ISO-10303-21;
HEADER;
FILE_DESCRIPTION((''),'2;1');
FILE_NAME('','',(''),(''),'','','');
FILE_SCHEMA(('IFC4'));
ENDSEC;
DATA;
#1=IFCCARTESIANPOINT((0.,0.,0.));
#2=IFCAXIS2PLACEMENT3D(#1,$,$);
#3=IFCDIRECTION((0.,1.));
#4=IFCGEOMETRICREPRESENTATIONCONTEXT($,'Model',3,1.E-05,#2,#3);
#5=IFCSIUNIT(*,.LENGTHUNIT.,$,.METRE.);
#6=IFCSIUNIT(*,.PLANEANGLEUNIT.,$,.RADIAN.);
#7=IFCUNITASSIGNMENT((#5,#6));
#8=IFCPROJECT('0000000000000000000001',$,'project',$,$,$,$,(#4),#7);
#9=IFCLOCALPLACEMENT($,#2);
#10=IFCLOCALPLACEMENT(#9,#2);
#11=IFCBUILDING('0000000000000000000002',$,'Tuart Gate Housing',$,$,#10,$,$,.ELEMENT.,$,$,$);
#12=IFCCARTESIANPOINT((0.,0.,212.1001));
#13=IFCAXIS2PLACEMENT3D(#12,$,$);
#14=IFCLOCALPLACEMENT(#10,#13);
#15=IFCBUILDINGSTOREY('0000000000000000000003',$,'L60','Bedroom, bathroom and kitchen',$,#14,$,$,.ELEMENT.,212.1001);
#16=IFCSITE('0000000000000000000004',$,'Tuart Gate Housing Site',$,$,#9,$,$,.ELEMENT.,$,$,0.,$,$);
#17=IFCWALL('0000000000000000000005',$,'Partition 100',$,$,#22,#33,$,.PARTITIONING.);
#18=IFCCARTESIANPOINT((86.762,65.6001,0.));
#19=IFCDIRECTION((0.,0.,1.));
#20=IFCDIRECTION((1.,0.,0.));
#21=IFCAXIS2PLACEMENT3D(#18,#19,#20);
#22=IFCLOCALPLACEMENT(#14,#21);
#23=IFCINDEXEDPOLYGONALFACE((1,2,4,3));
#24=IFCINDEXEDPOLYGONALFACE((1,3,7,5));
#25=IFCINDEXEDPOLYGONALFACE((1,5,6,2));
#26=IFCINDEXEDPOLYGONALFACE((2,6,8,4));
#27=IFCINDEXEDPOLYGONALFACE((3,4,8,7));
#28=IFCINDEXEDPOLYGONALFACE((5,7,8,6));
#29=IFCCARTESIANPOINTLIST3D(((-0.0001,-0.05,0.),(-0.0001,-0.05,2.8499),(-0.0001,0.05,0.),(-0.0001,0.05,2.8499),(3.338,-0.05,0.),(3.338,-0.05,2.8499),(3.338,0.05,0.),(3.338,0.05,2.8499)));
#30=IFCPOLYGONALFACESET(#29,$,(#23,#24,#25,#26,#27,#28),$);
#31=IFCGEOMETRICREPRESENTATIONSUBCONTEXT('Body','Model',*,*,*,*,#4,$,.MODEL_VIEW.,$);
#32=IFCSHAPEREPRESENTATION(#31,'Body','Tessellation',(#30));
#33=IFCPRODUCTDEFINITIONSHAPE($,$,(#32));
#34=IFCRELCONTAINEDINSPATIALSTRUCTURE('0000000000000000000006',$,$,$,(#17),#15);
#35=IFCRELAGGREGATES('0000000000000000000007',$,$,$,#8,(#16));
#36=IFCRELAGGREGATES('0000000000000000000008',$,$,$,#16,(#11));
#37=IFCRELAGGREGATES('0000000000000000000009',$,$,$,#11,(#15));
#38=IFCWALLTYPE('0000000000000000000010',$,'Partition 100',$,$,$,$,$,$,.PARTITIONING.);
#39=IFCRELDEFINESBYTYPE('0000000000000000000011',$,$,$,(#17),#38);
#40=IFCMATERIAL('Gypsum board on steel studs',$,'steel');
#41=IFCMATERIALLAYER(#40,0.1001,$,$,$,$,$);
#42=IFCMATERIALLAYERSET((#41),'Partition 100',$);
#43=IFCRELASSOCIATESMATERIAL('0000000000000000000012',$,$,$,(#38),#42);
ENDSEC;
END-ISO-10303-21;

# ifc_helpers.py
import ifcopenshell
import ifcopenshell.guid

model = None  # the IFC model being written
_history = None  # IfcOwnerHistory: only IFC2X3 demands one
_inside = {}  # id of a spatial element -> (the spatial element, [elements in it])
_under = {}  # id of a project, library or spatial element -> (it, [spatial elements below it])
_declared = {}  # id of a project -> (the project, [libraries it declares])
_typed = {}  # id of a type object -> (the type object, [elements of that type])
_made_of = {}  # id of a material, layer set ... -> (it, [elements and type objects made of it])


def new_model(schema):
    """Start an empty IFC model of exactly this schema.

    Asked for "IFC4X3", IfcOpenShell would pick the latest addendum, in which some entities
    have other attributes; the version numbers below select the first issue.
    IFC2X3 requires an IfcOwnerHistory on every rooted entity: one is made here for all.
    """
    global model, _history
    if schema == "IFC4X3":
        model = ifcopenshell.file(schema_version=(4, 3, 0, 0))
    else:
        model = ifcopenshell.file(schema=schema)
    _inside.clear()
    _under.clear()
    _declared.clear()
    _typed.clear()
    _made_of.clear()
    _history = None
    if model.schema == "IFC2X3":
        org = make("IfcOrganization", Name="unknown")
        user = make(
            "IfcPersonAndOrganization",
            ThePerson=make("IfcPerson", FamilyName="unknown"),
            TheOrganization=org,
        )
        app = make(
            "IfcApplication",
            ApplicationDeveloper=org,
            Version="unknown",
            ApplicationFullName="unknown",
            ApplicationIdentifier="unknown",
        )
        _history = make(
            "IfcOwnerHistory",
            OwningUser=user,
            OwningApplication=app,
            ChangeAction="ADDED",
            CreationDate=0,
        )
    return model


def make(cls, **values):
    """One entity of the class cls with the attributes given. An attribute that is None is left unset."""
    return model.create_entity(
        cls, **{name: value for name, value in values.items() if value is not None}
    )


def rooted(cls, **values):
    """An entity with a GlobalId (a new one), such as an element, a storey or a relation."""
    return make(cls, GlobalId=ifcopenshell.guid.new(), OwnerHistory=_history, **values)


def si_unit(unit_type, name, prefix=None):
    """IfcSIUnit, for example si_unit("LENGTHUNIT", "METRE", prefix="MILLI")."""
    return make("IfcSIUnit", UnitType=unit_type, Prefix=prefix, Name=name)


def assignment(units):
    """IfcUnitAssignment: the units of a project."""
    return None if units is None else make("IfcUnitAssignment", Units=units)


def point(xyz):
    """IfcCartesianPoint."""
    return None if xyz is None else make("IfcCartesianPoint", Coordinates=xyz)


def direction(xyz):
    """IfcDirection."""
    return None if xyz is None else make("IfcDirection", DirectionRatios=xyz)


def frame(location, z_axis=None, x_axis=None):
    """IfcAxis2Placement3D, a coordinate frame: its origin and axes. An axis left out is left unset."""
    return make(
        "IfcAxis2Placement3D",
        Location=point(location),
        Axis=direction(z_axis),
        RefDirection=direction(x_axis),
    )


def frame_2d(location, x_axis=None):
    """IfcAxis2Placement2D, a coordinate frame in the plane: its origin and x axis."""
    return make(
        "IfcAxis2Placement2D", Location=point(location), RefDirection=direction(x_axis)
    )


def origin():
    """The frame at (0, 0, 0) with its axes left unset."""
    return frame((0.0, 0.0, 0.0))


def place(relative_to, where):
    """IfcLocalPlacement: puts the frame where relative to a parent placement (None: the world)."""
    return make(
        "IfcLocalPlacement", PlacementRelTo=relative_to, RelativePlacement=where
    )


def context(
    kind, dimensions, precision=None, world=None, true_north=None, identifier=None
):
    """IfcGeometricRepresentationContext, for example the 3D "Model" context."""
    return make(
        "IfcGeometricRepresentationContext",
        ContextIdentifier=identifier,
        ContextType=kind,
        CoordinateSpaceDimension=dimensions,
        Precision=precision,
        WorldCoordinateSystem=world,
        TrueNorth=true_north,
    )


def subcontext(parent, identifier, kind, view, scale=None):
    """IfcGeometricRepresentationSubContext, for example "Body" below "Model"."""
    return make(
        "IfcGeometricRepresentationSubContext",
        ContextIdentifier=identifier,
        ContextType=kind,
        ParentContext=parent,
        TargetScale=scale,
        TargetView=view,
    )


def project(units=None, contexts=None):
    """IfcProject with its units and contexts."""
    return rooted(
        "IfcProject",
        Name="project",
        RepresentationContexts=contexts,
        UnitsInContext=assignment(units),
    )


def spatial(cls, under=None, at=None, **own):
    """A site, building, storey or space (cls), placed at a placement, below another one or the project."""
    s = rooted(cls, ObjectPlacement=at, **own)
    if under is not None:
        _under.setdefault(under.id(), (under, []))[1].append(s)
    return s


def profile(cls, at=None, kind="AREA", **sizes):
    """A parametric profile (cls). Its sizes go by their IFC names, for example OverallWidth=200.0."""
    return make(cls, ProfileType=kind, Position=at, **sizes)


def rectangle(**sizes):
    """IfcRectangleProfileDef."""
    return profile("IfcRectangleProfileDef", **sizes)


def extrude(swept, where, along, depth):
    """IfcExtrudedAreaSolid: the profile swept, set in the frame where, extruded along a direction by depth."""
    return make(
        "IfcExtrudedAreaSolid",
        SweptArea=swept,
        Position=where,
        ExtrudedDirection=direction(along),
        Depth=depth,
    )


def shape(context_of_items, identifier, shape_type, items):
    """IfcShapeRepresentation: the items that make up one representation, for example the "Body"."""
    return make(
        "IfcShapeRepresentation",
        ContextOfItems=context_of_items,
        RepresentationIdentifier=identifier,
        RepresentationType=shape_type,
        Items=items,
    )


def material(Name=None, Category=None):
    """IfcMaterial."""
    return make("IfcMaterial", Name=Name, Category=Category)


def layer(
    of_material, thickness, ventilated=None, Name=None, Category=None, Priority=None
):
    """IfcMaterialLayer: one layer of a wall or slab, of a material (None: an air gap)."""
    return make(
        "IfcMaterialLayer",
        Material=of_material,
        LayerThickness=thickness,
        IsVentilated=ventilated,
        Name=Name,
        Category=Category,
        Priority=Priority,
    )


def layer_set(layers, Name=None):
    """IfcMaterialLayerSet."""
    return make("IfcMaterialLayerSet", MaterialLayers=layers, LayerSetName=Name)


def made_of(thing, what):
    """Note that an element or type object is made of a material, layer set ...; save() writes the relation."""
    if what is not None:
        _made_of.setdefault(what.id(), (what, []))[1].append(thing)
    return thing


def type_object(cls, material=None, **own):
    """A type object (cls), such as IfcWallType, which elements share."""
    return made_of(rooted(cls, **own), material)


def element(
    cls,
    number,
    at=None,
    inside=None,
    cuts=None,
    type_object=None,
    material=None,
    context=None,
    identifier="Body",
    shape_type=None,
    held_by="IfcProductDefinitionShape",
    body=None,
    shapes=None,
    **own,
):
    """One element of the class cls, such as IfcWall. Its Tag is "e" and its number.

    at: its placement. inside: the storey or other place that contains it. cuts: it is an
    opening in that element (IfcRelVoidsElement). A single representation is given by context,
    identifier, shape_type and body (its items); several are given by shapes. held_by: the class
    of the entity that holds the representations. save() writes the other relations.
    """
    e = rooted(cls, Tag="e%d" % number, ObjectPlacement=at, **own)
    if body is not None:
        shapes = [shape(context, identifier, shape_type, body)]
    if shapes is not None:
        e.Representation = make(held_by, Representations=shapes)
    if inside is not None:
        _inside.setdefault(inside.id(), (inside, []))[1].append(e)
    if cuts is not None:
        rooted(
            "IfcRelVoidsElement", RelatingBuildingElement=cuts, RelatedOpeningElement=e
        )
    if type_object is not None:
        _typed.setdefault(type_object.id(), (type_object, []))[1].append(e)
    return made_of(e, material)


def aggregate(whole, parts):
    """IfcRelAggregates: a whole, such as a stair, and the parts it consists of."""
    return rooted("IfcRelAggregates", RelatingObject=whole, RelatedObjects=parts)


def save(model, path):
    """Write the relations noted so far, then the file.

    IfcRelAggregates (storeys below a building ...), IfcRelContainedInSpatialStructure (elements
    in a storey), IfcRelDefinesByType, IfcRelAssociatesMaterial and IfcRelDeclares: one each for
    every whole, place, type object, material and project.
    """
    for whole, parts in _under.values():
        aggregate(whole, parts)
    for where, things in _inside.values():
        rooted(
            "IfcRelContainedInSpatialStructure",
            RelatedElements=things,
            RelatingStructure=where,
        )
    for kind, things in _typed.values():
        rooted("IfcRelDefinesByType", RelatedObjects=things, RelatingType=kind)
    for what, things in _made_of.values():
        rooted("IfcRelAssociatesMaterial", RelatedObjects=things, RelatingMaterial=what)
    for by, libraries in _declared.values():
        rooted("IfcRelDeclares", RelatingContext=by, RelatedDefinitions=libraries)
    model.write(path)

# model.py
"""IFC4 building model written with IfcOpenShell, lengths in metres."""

from ifc_helpers import new_model, si_unit, direction, frame, frame_2d, origin, place, context, subcontext, project, spatial, rectangle, extrude, material, layer, layer_set, type_object, element, save


model = new_model("IFC4")

# Units and contexts
model_context = context("Model", 3, precision=1e-05, world=origin(), true_north=direction((0.0, 1.0)))
body_context = subcontext(model_context, "Body", "Model", "MODEL_VIEW")
ifc_project = project(units=[si_unit("LENGTHUNIT", "METRE"), si_unit("PLANEANGLEUNIT", "RADIAN")], contexts=[model_context])

# Site, building, storey
site_placement = place(None, origin())
site = spatial("IfcSite", under=ifc_project, at=site_placement, Name="Tuart Gate Housing Site", CompositionType="ELEMENT", RefElevation=0.0)
building_placement = place(site_placement, origin())
building = spatial("IfcBuilding", under=site, at=building_placement, Name="Tuart Gate Housing", CompositionType="ELEMENT")
storey_placement = place(building_placement, frame((0.0, 0.0, 212.1001)))
storey = spatial("IfcBuildingStorey", under=building, at=storey_placement, Name="L60", Description="Bedroom, bathroom and kitchen", CompositionType="ELEMENT", Elevation=212.1001)

# Shared definitions
ifc_material_1 = material(Name="Gypsum board on steel studs", Category="steel")
ifc_layer_1 = layer(ifc_material_1, 0.1001)
ifc_layer_set_1 = layer_set([ifc_layer_1], Name="Partition 100")
wall_type_1 = type_object("IfcWallType", Name="Partition 100", PredefinedType="PARTITIONING", material=ifc_layer_set_1)

# Wall
wall_1_placement = place(storey_placement, frame((86.762, 65.6001, 0.0), z_axis=(0.0, 0.0, 1.0), x_axis=(1.0, 0.0, 0.0)))
element("IfcWall", 1, at=wall_1_placement, inside=storey, type_object=wall_type_1, Name="Partition 100", PredefinedType="PARTITIONING", context=body_context, shape_type="SweptSolid", body=[
    extrude(rectangle(XDim=3.3381, YDim=0.1001, at=frame_2d((1.6689, 0.0))), origin(), (0.0, 0.0, 1.0), 2.8499),
])

save(model, "model.ifc")
